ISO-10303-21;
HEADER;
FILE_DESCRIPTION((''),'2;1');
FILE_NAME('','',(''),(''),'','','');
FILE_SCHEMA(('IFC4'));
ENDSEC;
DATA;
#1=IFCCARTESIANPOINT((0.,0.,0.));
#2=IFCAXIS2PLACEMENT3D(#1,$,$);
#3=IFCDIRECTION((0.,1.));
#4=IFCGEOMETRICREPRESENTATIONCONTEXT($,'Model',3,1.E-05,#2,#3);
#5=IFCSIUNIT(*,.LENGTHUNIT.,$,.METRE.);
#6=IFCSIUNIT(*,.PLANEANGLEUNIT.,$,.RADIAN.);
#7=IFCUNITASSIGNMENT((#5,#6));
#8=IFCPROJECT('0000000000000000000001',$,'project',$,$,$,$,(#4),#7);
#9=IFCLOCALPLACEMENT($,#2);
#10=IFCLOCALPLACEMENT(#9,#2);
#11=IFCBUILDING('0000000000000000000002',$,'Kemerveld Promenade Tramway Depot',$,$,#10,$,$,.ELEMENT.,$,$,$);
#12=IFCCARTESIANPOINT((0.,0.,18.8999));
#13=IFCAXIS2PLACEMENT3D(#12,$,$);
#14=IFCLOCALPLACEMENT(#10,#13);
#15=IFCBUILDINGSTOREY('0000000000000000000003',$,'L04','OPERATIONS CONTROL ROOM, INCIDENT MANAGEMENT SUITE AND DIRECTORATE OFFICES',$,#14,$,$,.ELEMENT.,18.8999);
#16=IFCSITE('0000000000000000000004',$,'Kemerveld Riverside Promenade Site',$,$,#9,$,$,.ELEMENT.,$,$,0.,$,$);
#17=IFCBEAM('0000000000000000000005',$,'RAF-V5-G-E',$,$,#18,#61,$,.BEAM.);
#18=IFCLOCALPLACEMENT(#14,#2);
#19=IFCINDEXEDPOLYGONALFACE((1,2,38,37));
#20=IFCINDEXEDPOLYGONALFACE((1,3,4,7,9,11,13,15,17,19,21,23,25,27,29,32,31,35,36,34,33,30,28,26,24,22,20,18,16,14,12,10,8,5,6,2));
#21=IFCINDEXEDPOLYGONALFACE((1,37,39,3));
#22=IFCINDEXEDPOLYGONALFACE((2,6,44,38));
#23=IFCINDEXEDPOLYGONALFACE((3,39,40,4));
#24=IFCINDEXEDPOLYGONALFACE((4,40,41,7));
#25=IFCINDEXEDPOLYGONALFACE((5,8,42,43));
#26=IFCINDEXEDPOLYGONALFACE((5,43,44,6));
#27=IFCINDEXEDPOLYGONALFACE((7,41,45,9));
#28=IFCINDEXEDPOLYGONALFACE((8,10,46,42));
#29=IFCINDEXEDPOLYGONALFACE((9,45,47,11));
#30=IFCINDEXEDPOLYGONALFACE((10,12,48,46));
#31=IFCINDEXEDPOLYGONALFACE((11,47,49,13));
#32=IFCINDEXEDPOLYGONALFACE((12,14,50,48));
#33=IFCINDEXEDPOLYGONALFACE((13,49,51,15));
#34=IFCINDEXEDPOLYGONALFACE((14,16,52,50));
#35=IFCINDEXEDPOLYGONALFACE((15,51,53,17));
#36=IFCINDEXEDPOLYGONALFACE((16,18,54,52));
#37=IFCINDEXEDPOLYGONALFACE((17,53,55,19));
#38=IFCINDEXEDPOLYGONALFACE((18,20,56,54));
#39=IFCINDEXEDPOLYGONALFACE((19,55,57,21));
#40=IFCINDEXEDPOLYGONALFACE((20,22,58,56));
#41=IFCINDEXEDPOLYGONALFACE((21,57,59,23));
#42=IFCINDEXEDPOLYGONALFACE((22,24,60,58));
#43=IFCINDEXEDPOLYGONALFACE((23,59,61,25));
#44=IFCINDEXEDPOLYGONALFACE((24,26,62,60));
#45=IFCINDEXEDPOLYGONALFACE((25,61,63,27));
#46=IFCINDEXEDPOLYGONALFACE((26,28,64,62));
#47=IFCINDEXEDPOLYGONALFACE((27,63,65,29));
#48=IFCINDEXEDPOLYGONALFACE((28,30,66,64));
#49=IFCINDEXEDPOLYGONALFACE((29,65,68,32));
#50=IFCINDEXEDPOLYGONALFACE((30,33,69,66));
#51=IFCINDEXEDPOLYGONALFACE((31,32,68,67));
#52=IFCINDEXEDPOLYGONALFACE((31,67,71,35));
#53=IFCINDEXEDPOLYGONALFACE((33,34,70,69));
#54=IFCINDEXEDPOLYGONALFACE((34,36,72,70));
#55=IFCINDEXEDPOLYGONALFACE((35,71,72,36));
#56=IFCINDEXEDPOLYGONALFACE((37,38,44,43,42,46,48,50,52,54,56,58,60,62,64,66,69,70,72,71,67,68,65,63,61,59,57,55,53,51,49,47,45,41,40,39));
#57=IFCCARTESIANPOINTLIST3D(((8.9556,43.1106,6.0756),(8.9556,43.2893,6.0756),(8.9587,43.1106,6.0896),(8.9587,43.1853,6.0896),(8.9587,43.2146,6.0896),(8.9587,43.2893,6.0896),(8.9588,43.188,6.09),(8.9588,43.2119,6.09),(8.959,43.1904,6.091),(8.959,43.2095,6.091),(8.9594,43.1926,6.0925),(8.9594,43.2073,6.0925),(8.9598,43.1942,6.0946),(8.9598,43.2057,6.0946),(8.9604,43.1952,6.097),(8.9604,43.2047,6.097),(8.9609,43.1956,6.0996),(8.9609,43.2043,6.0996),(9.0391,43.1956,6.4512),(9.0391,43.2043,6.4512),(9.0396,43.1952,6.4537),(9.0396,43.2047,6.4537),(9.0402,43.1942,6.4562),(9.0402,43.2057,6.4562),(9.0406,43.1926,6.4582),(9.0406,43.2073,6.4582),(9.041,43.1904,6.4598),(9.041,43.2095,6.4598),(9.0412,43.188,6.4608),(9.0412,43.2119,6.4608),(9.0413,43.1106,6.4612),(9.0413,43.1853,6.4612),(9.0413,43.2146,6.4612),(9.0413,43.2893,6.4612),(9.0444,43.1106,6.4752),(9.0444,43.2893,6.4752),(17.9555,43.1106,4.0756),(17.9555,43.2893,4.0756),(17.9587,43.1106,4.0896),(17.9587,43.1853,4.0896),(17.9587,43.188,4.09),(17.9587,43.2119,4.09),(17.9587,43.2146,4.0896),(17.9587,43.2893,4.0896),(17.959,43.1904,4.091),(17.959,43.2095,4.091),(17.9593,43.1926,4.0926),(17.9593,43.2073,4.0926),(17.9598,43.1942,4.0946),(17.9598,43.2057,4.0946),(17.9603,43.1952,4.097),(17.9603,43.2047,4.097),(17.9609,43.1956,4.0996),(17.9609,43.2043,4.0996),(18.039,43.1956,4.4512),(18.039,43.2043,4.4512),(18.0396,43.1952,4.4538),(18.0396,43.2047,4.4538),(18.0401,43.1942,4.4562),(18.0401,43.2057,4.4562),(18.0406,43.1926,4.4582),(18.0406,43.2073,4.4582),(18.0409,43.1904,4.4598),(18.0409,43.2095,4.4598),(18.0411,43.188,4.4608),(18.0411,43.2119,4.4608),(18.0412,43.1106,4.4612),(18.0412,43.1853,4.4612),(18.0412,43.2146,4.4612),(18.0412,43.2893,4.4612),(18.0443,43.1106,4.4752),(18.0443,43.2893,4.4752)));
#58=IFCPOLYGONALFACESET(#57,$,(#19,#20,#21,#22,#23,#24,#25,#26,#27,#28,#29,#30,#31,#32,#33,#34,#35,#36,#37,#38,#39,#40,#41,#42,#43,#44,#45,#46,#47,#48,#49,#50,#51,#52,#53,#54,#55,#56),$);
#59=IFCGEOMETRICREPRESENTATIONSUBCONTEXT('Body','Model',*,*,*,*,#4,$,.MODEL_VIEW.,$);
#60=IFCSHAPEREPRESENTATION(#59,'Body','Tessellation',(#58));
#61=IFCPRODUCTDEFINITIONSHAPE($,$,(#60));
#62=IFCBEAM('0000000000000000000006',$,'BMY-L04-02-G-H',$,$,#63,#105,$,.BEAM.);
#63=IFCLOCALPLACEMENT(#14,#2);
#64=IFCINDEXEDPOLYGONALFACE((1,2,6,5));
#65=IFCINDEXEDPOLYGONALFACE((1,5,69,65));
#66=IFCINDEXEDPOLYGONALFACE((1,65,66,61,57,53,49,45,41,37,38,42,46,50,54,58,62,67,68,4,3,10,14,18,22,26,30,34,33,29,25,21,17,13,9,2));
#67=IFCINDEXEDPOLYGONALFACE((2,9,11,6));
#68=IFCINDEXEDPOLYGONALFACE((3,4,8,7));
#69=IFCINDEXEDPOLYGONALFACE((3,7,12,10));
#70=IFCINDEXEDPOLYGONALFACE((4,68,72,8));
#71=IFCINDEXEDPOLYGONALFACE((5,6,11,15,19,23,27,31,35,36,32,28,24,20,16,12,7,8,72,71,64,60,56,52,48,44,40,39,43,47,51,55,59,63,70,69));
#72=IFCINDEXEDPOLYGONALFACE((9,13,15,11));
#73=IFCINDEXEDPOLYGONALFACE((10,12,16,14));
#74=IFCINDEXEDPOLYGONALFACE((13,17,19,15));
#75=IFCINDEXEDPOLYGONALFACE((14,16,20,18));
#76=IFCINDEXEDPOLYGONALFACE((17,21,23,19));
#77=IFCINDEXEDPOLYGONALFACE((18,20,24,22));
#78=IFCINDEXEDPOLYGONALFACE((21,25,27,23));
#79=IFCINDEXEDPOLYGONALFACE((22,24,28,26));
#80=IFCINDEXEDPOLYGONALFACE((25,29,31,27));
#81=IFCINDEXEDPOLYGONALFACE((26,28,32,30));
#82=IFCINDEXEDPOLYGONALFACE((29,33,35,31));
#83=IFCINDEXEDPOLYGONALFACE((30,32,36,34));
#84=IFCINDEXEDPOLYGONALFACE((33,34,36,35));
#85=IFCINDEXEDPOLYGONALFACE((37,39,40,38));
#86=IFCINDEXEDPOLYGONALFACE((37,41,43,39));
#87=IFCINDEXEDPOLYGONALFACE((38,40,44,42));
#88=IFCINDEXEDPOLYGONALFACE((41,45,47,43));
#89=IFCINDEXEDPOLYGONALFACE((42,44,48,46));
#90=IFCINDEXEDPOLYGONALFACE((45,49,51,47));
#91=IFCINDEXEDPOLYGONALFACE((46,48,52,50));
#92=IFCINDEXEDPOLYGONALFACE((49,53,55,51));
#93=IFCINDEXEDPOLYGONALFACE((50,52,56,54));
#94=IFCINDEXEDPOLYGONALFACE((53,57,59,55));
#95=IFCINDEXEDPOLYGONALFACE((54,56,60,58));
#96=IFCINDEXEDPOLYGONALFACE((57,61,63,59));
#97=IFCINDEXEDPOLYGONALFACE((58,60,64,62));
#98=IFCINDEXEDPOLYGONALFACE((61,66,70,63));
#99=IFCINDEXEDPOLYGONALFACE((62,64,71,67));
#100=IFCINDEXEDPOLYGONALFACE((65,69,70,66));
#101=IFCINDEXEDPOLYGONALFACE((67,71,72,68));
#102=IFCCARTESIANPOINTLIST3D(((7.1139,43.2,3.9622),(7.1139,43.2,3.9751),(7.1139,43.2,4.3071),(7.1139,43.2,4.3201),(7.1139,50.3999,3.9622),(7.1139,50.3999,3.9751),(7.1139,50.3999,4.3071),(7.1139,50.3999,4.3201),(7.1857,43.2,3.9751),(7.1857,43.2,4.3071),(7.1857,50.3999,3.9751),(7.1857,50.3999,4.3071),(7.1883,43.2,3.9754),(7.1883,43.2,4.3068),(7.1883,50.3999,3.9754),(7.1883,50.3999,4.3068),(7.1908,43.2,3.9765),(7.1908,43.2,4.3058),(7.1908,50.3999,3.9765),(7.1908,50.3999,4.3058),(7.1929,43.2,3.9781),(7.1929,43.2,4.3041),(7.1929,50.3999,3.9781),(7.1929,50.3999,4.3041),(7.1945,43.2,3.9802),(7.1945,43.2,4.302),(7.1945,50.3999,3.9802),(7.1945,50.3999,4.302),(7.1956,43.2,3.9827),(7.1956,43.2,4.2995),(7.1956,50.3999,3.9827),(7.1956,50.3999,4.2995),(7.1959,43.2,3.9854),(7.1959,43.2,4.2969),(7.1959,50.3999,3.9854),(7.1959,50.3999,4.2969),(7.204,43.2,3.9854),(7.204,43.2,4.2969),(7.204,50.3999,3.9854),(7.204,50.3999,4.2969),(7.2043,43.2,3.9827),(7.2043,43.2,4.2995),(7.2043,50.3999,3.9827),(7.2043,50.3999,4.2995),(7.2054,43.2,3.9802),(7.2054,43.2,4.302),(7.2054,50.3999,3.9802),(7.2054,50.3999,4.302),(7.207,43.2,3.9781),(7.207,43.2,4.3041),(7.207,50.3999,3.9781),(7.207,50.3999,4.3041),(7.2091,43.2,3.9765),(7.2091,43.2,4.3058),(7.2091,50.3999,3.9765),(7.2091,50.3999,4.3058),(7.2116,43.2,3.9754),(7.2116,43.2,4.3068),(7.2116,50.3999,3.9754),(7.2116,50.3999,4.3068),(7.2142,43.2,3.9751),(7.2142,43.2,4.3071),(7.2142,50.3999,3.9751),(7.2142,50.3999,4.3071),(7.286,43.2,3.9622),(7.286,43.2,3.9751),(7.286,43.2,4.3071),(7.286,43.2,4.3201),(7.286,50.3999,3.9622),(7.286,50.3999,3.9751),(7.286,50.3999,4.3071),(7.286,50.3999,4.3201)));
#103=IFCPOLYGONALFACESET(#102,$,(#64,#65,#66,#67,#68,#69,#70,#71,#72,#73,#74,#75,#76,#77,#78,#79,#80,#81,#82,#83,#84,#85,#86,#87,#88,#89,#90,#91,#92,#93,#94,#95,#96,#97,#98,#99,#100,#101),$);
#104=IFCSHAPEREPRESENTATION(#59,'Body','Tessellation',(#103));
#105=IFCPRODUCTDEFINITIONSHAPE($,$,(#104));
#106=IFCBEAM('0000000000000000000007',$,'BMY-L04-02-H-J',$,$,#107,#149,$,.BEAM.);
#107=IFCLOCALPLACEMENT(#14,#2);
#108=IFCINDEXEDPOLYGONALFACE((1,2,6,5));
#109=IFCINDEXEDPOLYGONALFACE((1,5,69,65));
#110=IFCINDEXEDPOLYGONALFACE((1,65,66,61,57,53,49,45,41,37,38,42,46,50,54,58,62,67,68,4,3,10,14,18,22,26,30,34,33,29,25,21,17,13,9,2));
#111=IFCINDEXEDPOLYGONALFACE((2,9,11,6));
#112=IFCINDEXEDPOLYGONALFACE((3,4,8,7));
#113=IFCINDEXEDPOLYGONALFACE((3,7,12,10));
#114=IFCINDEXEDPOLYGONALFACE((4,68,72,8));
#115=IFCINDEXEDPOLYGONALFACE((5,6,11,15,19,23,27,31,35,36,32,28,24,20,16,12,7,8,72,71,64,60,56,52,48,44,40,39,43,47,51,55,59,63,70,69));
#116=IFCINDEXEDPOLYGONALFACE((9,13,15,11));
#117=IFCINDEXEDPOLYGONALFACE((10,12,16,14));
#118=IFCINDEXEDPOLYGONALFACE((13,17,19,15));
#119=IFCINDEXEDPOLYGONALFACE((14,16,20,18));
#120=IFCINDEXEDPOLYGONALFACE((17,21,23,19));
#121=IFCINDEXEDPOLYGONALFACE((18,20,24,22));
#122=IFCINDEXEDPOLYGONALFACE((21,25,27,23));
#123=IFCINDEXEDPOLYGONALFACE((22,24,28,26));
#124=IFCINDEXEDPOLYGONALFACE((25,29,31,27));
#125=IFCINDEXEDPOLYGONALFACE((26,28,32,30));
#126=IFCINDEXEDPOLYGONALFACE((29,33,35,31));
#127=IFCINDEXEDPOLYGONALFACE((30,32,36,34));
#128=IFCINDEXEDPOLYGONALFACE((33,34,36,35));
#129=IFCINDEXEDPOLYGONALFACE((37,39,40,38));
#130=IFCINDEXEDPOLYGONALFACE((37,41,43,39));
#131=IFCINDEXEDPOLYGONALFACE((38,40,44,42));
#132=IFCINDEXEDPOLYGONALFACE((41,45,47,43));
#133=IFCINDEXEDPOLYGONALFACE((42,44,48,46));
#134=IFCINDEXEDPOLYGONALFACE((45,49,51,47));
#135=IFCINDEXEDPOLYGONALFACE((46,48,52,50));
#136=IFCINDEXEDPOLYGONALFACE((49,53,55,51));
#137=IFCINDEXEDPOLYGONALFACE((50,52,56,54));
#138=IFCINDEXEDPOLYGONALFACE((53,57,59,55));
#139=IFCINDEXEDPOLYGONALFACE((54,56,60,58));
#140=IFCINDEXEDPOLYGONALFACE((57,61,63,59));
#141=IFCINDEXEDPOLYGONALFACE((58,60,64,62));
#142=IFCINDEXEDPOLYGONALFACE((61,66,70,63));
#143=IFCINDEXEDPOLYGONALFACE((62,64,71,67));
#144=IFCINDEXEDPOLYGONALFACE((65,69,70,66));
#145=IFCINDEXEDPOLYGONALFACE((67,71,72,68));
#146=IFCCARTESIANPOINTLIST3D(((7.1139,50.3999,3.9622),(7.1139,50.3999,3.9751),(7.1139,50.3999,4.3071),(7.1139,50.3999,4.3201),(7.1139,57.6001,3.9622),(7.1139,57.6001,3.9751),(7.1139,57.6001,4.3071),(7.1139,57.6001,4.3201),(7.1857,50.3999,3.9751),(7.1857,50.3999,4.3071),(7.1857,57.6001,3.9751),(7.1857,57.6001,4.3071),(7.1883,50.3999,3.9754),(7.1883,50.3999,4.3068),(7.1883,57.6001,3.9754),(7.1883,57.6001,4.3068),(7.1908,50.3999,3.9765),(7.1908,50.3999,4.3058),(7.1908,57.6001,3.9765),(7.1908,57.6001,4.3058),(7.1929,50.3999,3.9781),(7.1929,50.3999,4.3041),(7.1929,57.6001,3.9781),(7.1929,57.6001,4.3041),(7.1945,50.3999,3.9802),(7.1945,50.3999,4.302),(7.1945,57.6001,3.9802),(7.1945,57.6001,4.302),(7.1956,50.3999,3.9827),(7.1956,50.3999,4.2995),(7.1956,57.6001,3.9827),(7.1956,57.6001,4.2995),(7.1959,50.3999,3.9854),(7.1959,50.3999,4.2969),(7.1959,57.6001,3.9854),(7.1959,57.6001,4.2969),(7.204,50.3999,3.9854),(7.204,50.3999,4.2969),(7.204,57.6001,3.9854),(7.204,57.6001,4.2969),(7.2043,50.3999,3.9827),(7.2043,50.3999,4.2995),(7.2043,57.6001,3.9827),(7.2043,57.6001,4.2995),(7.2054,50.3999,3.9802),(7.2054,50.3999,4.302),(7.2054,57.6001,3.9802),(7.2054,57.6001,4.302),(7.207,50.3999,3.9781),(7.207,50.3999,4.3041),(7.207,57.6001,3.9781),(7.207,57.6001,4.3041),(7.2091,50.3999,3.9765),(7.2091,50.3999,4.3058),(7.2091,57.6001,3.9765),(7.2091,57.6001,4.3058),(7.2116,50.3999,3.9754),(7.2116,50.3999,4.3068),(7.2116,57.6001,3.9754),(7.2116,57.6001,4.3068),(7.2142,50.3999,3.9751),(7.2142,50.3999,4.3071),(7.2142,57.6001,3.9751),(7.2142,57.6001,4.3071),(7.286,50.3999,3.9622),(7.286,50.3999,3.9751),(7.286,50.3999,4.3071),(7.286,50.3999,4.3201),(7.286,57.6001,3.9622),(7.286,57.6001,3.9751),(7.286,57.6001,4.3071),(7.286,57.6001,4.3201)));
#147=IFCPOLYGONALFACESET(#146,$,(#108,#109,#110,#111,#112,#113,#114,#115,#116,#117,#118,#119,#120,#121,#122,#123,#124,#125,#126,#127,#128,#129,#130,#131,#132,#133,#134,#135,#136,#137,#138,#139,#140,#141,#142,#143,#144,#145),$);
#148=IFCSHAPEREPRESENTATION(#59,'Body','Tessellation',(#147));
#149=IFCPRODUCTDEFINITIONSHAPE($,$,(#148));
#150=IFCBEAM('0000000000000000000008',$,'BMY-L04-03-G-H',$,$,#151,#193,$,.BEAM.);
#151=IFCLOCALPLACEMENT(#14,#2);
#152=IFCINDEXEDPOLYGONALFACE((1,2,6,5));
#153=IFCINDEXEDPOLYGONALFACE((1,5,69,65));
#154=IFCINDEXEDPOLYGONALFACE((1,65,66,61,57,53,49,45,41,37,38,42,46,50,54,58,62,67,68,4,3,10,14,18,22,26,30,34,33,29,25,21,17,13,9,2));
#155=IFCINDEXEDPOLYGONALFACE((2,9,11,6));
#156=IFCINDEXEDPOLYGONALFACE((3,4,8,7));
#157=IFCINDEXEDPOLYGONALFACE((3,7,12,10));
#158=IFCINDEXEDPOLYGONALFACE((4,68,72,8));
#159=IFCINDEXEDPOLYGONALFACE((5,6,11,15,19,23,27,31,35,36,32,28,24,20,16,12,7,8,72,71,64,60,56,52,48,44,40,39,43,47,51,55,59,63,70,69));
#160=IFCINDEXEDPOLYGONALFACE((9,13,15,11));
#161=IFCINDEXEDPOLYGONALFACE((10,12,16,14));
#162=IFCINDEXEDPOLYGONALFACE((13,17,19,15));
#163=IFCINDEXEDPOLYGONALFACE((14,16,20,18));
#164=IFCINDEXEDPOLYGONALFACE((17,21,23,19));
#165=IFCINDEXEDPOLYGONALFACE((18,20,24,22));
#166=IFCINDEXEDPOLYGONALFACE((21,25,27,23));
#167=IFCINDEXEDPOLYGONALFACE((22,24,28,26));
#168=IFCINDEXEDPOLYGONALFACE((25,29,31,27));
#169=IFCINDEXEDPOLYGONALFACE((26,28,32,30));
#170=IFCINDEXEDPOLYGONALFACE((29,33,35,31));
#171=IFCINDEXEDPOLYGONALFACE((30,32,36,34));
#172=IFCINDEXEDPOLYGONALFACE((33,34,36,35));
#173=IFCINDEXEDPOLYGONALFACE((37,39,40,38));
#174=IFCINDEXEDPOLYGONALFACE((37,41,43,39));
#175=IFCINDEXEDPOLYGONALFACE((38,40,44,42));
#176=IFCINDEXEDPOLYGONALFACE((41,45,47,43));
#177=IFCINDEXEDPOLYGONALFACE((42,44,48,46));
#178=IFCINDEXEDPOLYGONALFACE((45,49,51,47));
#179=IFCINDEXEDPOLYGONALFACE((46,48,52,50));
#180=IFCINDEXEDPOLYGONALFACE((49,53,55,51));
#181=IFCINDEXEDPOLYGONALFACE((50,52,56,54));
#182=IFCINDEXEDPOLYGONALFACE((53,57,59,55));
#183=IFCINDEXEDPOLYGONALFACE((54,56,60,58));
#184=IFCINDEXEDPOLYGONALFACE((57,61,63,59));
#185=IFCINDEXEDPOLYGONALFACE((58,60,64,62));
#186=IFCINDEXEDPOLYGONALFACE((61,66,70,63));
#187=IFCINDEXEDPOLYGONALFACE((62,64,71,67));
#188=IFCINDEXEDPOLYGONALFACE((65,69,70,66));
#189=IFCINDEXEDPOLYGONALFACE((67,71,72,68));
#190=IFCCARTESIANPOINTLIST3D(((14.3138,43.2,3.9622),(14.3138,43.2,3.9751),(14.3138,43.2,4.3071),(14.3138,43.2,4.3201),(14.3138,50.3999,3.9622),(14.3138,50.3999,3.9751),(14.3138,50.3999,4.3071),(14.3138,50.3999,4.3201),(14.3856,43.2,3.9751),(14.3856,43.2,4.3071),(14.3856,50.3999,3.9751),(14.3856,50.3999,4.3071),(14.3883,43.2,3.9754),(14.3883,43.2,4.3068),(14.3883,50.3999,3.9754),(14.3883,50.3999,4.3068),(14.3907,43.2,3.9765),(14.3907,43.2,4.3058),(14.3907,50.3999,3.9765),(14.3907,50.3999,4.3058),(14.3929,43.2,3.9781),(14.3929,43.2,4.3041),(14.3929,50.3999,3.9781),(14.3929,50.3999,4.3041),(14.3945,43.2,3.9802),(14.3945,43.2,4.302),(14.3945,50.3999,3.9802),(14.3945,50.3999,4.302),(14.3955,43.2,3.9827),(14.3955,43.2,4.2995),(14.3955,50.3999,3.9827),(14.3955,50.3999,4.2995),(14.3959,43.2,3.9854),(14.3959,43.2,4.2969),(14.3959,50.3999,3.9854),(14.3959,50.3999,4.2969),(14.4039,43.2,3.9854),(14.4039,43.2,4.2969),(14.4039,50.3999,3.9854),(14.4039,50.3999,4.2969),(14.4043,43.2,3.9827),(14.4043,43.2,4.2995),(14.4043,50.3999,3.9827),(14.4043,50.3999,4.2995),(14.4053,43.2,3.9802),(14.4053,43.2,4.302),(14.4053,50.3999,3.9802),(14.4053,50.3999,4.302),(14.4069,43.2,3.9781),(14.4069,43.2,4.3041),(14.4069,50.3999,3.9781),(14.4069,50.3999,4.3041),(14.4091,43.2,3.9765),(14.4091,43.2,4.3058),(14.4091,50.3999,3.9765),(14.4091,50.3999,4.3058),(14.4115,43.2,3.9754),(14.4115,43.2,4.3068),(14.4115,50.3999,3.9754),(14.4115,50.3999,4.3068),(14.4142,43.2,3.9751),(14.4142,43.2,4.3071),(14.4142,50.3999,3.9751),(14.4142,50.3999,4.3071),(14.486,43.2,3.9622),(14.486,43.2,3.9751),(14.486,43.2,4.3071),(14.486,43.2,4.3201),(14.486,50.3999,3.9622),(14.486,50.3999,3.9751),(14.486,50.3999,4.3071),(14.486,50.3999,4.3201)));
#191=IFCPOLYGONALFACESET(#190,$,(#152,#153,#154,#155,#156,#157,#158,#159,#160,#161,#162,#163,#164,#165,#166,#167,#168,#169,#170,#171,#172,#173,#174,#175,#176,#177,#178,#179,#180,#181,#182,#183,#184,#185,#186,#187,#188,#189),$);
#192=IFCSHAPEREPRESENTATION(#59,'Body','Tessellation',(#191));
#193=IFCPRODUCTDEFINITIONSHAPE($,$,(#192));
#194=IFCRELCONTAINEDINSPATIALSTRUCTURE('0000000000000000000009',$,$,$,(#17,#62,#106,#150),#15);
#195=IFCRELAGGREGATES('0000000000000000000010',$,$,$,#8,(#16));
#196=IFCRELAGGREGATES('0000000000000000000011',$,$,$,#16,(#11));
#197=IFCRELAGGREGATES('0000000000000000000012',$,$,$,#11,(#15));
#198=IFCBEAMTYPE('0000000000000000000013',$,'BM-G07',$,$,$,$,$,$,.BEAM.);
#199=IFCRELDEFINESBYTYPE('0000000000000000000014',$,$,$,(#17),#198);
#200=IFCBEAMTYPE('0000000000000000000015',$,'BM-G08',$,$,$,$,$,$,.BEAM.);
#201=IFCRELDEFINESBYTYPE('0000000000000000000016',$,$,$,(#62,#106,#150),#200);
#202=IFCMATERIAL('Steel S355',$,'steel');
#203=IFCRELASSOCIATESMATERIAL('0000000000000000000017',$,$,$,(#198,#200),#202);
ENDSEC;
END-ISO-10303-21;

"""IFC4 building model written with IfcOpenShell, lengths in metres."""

from ifc_helpers import new_model, si_unit, direction, frame, origin, origin_2d, place, context, subcontext, project, spatial, i_section, extrude, material, material_profile, profile_set, type_object, element, save


model = new_model("IFC4")

# Units and contexts
model_context = context("Model", 3, precision=1e-05, world=origin(), true_north=direction((0.0, 1.0)))
body_context = subcontext(model_context, "Body", "Model", "MODEL_VIEW")
ifc_project = project(units=[si_unit("LENGTHUNIT", "METRE"), si_unit("PLANEANGLEUNIT", "RADIAN")], contexts=[model_context])

# Site, building, storey
site_placement = place(None, origin())
site = spatial("IfcSite", under=ifc_project, at=site_placement, Name="Kemerveld Riverside Promenade Site", CompositionType="ELEMENT", RefElevation=0.0)
building_placement = place(site_placement, origin())
building = spatial("IfcBuilding", under=site, at=building_placement, Name="Kemerveld Promenade Tramway Depot", CompositionType="ELEMENT")
storey_placement = place(building_placement, frame((0.0, 0.0, 18.8999)))
storey = spatial("IfcBuildingStorey", under=building, at=storey_placement, Name="L04", Description="OPERATIONS CONTROL ROOM, INCIDENT MANAGEMENT SUITE AND DIRECTORATE OFFICES", CompositionType="ELEMENT", Elevation=18.8999)

# Shared definitions
ifc_material_1 = material(Name="Steel S355", Category="steel")

# Beams
ifc_material_profile_1 = material_profile(ifc_material_1, i_section(OverallWidth=0.1787, OverallDepth=0.4094, WebThickness=0.0088, FlangeThickness=0.0144, FilletRadius=0.0103, at=origin_2d()), Name="406x178x67 UB")
ifc_profile_set_1 = profile_set([ifc_material_profile_1], Name="Steel S355")
beam_type_1 = type_object("IfcBeamType", Name="BM-G07", PredefinedType="BEAM", material=ifc_profile_set_1)
beam_1_placement = place(storey_placement, frame((9.0, 43.2, 6.2754), z_axis=(0.976187, 0.0, -0.21693), x_axis=(0.0, 1.0, 0.0)))
element("IfcBeam", 1, at=beam_1_placement, inside=storey, type_object=beam_type_1, Name="RAF-V5-G-E", PredefinedType="BEAM", context=body_context, shape_type="SweptSolid", body=[
    extrude(i_section(OverallWidth=0.1787, OverallDepth=0.4094, WebThickness=0.0088, FlangeThickness=0.0144, FilletRadius=0.0103, at=origin_2d()), origin(), (0.0, 0.0, 1.0), 9.2195),
])
ifc_material_profile_2 = material_profile(ifc_material_1, i_section(OverallWidth=0.1721, OverallDepth=0.3579, WebThickness=0.0081, FlangeThickness=0.0129, FilletRadius=0.0103, at=origin_2d()), Name="356x171x57 UB")
ifc_profile_set_2 = profile_set([ifc_material_profile_2], Name="Steel S355")
beam_type_2 = type_object("IfcBeamType", Name="BM-G08", PredefinedType="BEAM", material=ifc_profile_set_2)
beam_2_placement = place(storey_placement, frame((7.2, 43.2, 4.1411), z_axis=(0.0, 1.0, 0.0), x_axis=(-1.0, 0.0, 0.0)))
element("IfcBeam", 2, at=beam_2_placement, inside=storey, type_object=beam_type_2, Name="BMY-L04-02-G-H", PredefinedType="BEAM", context=body_context, shape_type="SweptSolid", body=[
    extrude(i_section(OverallWidth=0.1721, OverallDepth=0.3579, WebThickness=0.0081, FlangeThickness=0.0129, FilletRadius=0.0103, at=origin_2d()), origin(), (0.0, 0.0, 1.0), 7.2),
])
beam_3_placement = place(storey_placement, frame((7.2, 50.3999, 4.1411), z_axis=(0.0, 1.0, 0.0), x_axis=(-1.0, 0.0, 0.0)))
element("IfcBeam", 3, at=beam_3_placement, inside=storey, type_object=beam_type_2, Name="BMY-L04-02-H-J", PredefinedType="BEAM", context=body_context, shape_type="SweptSolid", body=[
    extrude(i_section(OverallWidth=0.1721, OverallDepth=0.3579, WebThickness=0.0081, FlangeThickness=0.0129, FilletRadius=0.0103, at=origin_2d()), origin(), (0.0, 0.0, 1.0), 7.2002),
])
for number, where, z_axis, x_axis, name in (
    (4, (14.3999, 43.2, 4.1411), (0.0, 1.0, 0.0), (-1.0, 0.0, 0.0), "BMY-L04-03-G-H"),
):
    element("IfcBeam", number, at=place(storey_placement, frame(where, z_axis=z_axis, x_axis=x_axis)), inside=storey, type_object=beam_type_2, Name=name, PredefinedType="BEAM", context=body_context, shape_type="SweptSolid", body=[
        extrude(i_section(OverallWidth=0.1721, OverallDepth=0.3579, WebThickness=0.0081, FlangeThickness=0.0129, FilletRadius=0.0103, at=origin_2d()), origin(), (0.0, 0.0, 1.0), 7.2),
    ])

save(model, "model.ifc")
